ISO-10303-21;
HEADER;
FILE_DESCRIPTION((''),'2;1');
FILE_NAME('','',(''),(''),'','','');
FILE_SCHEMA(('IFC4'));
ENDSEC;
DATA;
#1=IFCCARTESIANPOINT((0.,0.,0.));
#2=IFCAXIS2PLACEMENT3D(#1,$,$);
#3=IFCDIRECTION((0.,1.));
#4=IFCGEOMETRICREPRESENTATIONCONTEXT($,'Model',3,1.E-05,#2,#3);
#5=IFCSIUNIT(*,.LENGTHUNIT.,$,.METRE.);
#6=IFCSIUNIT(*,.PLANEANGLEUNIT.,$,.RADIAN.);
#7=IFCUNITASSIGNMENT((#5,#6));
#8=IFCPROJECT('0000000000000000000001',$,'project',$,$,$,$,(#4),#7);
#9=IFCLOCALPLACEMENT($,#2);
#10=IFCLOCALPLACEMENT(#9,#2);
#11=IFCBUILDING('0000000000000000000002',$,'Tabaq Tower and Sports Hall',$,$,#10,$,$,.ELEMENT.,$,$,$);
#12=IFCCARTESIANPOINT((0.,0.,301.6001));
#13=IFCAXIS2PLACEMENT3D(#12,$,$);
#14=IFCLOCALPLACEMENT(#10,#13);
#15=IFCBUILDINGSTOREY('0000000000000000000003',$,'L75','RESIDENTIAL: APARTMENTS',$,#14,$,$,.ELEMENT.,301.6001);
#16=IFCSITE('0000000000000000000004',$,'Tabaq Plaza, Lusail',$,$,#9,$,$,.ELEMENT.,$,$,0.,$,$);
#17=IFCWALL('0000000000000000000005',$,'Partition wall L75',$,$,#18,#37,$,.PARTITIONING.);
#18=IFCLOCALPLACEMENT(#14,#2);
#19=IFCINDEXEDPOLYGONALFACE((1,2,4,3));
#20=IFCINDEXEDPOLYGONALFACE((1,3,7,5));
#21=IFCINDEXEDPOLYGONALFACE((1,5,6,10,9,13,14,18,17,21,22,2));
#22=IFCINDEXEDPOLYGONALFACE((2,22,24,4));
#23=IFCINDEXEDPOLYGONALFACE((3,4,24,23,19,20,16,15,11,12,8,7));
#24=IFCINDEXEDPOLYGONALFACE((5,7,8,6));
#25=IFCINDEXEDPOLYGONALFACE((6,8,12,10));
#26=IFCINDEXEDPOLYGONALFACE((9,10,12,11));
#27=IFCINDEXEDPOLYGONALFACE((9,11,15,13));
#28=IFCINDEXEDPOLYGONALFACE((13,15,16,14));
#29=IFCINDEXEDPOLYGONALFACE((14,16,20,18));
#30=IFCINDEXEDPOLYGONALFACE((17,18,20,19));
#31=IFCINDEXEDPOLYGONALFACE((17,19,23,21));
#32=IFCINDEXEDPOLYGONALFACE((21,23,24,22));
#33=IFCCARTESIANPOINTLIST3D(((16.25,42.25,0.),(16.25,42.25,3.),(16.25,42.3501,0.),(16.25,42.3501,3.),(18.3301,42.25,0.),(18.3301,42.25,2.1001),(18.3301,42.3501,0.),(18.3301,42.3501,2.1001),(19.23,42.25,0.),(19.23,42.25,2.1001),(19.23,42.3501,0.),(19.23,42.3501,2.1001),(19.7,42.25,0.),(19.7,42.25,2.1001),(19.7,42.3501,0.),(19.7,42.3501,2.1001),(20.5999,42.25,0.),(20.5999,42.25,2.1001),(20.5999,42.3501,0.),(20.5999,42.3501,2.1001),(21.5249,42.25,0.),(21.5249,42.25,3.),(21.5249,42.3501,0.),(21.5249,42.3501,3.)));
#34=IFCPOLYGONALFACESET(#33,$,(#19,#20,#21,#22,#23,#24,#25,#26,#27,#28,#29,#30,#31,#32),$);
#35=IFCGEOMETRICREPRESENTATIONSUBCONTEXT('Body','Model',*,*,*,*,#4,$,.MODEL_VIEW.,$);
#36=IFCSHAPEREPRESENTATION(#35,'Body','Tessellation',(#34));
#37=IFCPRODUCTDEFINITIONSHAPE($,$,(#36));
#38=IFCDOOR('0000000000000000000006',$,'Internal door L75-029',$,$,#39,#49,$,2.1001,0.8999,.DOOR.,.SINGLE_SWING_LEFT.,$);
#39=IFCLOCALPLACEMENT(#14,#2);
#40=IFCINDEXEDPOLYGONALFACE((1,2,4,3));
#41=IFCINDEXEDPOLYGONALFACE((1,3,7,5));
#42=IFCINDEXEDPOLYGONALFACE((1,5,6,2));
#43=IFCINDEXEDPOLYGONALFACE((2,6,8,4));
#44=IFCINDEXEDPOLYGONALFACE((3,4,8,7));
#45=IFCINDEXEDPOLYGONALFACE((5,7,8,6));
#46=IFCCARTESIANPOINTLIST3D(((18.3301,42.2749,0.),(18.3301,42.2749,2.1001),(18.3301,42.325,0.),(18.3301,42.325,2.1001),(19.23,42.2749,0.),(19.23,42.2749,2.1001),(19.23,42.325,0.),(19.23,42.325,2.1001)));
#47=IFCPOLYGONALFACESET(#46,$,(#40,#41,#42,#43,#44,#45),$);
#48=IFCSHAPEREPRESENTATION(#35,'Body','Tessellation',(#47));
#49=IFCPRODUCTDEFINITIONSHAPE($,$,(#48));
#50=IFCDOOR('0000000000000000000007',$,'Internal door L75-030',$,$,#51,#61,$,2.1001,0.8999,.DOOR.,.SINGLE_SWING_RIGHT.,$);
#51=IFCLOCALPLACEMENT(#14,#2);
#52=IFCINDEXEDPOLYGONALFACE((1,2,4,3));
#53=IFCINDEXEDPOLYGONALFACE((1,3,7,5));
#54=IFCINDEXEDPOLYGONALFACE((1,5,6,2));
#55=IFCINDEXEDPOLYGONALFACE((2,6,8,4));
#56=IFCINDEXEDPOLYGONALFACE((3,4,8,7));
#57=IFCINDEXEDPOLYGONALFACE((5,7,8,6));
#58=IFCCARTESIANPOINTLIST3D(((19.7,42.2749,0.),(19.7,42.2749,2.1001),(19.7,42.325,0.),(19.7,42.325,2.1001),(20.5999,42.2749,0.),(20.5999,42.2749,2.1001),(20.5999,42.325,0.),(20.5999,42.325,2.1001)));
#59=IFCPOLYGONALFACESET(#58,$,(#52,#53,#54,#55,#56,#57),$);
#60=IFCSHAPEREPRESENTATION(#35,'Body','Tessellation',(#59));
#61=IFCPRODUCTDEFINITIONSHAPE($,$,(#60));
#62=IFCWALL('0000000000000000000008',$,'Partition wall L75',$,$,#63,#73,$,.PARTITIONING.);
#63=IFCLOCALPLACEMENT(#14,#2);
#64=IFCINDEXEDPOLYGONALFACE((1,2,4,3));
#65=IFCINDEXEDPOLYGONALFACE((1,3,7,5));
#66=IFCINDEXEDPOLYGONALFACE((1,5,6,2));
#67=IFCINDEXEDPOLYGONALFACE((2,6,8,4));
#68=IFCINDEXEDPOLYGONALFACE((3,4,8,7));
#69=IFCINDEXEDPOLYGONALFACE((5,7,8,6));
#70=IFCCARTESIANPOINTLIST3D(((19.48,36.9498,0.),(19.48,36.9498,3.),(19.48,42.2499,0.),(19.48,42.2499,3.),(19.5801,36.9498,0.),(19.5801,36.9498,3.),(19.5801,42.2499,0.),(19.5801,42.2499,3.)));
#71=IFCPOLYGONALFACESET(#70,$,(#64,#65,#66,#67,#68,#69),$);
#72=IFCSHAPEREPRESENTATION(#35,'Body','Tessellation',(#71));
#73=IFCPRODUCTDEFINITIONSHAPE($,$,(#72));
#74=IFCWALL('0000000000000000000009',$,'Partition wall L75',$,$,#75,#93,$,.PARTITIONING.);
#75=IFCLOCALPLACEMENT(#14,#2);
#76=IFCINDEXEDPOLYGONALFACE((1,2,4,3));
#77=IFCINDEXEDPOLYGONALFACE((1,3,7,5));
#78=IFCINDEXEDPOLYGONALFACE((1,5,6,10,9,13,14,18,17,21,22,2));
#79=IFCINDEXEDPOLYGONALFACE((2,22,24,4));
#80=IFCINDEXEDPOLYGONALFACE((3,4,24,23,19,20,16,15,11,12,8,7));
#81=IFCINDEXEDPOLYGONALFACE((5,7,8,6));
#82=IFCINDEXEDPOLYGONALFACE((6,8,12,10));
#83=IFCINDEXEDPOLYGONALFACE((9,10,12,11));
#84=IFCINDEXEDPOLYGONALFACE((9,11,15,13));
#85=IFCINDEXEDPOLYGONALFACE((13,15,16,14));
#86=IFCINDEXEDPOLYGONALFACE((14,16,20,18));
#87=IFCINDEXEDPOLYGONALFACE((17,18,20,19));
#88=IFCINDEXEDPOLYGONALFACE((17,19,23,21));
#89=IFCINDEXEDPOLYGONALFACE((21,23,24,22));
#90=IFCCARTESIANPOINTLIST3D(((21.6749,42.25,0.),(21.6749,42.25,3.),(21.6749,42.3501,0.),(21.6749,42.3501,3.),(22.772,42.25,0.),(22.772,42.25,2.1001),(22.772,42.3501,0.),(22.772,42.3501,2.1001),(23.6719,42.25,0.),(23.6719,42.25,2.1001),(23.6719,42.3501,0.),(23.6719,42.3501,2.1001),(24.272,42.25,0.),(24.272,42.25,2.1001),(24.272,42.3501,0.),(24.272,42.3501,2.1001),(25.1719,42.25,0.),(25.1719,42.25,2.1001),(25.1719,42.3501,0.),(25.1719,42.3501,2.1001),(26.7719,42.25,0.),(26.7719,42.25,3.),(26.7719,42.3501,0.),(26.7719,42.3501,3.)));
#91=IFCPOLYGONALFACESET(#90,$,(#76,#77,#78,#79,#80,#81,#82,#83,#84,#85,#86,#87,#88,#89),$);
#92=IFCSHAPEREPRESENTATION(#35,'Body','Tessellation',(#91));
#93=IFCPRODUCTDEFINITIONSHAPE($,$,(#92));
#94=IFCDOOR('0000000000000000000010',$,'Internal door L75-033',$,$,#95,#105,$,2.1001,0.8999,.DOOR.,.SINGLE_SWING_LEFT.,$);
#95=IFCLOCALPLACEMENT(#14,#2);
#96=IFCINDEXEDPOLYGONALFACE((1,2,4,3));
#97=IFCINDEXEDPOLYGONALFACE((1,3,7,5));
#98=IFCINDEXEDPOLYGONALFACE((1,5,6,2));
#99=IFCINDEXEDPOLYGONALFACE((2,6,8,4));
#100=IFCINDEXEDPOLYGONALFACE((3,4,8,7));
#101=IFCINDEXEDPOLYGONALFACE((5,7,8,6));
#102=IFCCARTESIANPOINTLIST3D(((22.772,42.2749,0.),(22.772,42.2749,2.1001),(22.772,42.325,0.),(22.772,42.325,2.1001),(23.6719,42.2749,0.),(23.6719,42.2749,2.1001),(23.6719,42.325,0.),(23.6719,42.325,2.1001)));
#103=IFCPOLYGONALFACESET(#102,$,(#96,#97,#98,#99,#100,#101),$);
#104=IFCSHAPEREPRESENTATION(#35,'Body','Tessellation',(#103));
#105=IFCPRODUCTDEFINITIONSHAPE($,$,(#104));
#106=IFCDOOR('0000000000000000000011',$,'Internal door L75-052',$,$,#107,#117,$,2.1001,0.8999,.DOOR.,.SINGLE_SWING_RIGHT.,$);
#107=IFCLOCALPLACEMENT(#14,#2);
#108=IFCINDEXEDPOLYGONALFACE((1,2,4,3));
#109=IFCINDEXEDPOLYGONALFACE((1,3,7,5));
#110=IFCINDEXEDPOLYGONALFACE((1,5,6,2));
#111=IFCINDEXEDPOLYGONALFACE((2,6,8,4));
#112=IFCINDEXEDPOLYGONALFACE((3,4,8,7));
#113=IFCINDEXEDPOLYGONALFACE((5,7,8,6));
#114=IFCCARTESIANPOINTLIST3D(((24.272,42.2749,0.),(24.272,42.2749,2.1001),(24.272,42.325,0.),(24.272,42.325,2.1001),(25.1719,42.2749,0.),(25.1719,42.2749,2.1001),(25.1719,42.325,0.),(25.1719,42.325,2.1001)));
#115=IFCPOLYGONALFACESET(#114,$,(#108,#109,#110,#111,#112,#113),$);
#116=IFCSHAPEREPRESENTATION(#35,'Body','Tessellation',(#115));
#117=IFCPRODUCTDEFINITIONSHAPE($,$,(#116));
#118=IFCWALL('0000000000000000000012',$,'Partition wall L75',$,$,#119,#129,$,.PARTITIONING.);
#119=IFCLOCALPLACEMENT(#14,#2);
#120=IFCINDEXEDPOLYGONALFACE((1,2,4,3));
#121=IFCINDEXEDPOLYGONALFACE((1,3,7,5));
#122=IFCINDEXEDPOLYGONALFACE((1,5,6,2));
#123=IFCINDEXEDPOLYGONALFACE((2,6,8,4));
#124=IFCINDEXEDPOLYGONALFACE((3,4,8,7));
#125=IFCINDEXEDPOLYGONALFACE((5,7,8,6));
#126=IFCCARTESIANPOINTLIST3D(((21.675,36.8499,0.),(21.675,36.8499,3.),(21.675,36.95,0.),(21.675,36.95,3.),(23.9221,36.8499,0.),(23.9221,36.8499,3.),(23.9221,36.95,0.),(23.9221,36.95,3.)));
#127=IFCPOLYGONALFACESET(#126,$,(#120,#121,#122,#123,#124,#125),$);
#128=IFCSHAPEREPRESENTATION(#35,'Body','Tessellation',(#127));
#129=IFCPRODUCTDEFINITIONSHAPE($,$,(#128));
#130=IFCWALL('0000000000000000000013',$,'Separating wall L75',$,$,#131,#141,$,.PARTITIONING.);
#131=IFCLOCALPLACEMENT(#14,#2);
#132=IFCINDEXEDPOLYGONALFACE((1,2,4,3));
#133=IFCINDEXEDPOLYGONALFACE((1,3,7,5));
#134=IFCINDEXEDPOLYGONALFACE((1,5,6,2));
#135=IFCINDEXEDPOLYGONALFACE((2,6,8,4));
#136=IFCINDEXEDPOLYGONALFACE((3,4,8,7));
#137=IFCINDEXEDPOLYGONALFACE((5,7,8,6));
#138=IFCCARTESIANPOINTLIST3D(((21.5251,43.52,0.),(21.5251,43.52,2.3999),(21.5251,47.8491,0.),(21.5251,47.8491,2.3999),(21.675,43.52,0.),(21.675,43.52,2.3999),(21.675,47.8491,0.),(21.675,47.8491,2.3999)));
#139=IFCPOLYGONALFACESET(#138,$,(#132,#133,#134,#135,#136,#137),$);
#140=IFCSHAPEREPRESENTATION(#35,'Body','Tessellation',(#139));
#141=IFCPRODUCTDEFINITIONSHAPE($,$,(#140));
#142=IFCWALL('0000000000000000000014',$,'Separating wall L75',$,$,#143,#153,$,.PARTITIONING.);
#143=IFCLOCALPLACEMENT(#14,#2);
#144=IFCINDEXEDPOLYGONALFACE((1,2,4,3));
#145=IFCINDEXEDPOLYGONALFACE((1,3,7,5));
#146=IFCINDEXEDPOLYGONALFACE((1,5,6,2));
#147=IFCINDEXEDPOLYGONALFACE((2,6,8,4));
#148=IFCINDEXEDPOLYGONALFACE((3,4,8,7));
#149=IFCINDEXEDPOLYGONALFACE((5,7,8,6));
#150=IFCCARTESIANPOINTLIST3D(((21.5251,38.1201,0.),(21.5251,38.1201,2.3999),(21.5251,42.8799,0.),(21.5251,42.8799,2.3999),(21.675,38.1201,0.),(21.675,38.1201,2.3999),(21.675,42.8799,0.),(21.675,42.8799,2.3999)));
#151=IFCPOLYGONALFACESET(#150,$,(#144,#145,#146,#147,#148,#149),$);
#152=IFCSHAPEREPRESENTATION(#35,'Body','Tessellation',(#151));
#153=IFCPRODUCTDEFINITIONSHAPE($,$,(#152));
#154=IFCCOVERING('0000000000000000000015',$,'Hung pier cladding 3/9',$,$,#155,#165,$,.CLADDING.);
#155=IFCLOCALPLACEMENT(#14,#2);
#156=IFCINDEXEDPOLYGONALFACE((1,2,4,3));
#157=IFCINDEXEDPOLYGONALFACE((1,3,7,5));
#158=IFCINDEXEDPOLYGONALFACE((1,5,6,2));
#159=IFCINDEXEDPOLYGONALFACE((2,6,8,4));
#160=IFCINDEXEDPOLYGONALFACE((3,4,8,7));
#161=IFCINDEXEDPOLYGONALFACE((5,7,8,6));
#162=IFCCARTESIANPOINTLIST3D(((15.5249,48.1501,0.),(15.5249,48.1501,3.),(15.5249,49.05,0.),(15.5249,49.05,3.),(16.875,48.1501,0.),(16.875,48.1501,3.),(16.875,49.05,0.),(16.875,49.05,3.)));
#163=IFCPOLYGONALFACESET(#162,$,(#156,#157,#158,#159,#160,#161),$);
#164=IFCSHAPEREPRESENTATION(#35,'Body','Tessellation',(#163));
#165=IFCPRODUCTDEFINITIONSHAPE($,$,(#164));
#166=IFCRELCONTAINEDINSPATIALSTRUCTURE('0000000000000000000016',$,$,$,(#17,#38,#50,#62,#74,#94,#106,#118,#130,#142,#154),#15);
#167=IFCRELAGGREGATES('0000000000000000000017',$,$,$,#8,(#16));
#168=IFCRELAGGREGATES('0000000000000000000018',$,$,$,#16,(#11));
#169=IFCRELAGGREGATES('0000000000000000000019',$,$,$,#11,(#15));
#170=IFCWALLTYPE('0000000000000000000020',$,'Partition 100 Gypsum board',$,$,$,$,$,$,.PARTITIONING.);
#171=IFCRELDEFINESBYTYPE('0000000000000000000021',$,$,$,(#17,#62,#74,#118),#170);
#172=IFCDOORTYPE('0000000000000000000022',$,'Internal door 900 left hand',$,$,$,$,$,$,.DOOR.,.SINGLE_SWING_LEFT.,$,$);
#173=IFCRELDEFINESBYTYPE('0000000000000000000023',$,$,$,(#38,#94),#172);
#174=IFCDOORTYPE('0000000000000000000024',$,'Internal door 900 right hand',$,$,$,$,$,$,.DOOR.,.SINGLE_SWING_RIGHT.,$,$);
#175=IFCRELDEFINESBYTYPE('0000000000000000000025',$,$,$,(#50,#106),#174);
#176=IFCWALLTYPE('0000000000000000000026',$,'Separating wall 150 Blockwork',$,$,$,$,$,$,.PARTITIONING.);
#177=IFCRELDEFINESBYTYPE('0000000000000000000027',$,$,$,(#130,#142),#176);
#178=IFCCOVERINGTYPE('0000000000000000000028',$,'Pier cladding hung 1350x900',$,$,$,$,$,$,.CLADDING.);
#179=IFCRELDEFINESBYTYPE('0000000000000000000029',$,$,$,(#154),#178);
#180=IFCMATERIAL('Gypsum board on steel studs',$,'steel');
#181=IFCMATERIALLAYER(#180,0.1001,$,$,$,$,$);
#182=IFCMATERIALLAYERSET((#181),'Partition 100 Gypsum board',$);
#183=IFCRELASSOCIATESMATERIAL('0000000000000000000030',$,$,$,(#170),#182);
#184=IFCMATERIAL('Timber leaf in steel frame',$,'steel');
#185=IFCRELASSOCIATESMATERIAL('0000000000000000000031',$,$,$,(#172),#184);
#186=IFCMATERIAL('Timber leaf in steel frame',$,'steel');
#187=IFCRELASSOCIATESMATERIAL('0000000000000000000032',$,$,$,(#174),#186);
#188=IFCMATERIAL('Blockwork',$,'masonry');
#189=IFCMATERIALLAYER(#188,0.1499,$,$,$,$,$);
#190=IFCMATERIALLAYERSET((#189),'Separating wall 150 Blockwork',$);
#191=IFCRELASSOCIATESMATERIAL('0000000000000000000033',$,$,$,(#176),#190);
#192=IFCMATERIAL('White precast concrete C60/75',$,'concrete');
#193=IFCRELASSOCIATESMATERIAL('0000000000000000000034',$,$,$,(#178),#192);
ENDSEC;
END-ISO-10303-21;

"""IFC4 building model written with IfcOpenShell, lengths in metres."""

from ifc_helpers import new_model, si_unit, direction, frame, frame_2d, origin, place, context, subcontext, project, spatial, rectangle, extrude, material, layer, layer_set, type_object, element, fill, save


model = new_model("IFC4")

# Units and contexts
model_context = context("Model", 3, precision=1e-05, world=origin(), true_north=direction((0.0, 1.0)))
body_context = subcontext(model_context, "Body", "Model", "MODEL_VIEW")
ifc_project = project(units=[si_unit("LENGTHUNIT", "METRE"), si_unit("PLANEANGLEUNIT", "RADIAN")], contexts=[model_context])

# Site, building, storey
site_placement = place(None, origin())
site = spatial("IfcSite", under=ifc_project, at=site_placement, Name="Tabaq Plaza, Lusail", CompositionType="ELEMENT", RefElevation=0.0)
building_placement = place(site_placement, origin())
building = spatial("IfcBuilding", under=site, at=building_placement, Name="Tabaq Tower and Sports Hall", CompositionType="ELEMENT")
storey_placement = place(building_placement, frame((0.0, 0.0, 301.6001)))
storey = spatial("IfcBuildingStorey", under=building, at=storey_placement, Name="L75", Description="RESIDENTIAL: APARTMENTS", CompositionType="ELEMENT", Elevation=301.6001)

# Shared definitions
ifc_material_1 = material(Name="Gypsum board on steel studs", Category="steel")
ifc_layer_1 = layer(ifc_material_1, 0.1001)
ifc_layer_set_1 = layer_set([ifc_layer_1], Name="Partition 100 Gypsum board")
wall_type_1 = type_object("IfcWallType", Name="Partition 100 Gypsum board", PredefinedType="PARTITIONING", material=ifc_layer_set_1)

# Shared definitions
ifc_material_2 = material(Name="Timber leaf in steel frame", Category="steel")
door_type_1 = type_object("IfcDoorType", Name="Internal door 900 left hand", OperationType="SINGLE_SWING_LEFT", PredefinedType="DOOR", material=ifc_material_2)

# Wall, openings, doors
wall_1_placement = place(storey_placement, frame((16.25, 42.3, 0.0), z_axis=(0.0, 0.0, 1.0), x_axis=(1.0, 0.0, 0.0)))
wall_1 = element("IfcWall", 1, at=wall_1_placement, inside=storey, type_object=wall_type_1, Name="Partition wall L75", PredefinedType="PARTITIONING", context=body_context, shape_type="SweptSolid", body=[
    extrude(rectangle(XDim=5.2749, YDim=0.1001, at=frame_2d((2.6375, 0.0))), origin(), (0.0, 0.0, 1.0), 3.0),
])
opening_1_placement = place(wall_1_placement, frame((2.0801, 0.0, 0.0)))
opening_1 = element("IfcOpeningElement", 2, at=opening_1_placement, cuts=wall_1, PredefinedType="OPENING", context=body_context, shape_type="SweptSolid", body=[
    extrude(rectangle(XDim=0.8999, YDim=2.1001, at=frame_2d((0.45, 1.05))), frame((0.0, 0.05, 0.0), z_axis=(0.0, -1.0, 0.0), x_axis=(1.0, 0.0, 0.0)), (0.0, 0.0, 1.0), 0.1001),
])
opening_2_placement = place(wall_1_placement, frame((3.45, 0.0, 0.0)))
opening_2 = element("IfcOpeningElement", 3, at=opening_2_placement, cuts=wall_1, PredefinedType="OPENING", context=body_context, shape_type="SweptSolid", body=[
    extrude(rectangle(XDim=0.8999, YDim=2.1001, at=frame_2d((0.45, 1.05))), frame((0.0, 0.05, 0.0), z_axis=(0.0, -1.0, 0.0), x_axis=(1.0, 0.0, 0.0)), (0.0, 0.0, 1.0), 0.1001),
])
door_1_placement = place(opening_1_placement, origin())
door_1 = element("IfcDoor", 4, at=door_1_placement, inside=storey, type_object=door_type_1, Name="Internal door L75-029", OperationType="SINGLE_SWING_LEFT", OverallHeight=2.1001, OverallWidth=0.8999, PredefinedType="DOOR", context=body_context, shape_type="SweptSolid", body=[
    extrude(rectangle(XDim=0.8999, YDim=2.1001, at=frame_2d((0.45, 1.05))), frame((0.0, 0.0249, 0.0), z_axis=(0.0, -1.0, 0.0), x_axis=(1.0, 0.0, 0.0)), (0.0, 0.0, 1.0), 0.05),
])
fill(opening_1, door_1)
ifc_material_3 = material(Name="Timber leaf in steel frame", Category="steel")
door_type_2 = type_object("IfcDoorType", Name="Internal door 900 right hand", OperationType="SINGLE_SWING_RIGHT", PredefinedType="DOOR", material=ifc_material_3)
door_2_placement = place(opening_2_placement, origin())
door_2 = element("IfcDoor", 5, at=door_2_placement, inside=storey, type_object=door_type_2, Name="Internal door L75-030", OperationType="SINGLE_SWING_RIGHT", OverallHeight=2.1001, OverallWidth=0.8999, PredefinedType="DOOR", context=body_context, shape_type="SweptSolid", body=[
    extrude(rectangle(XDim=0.8999, YDim=2.1001, at=frame_2d((0.45, 1.05))), frame((0.0, 0.0249, 0.0), z_axis=(0.0, -1.0, 0.0), x_axis=(1.0, 0.0, 0.0)), (0.0, 0.0, 1.0), 0.05),
])
fill(opening_2, door_2)

# Wall
wall_2_placement = place(storey_placement, frame((19.53, 36.95, 0.0), z_axis=(0.0, 0.0, 1.0), x_axis=(0.0, 1.0, 0.0)))
element("IfcWall", 6, at=wall_2_placement, inside=storey, type_object=wall_type_1, Name="Partition wall L75", PredefinedType="PARTITIONING", context=body_context, shape_type="SweptSolid", body=[
    extrude(rectangle(XDim=5.3, YDim=0.1001, at=frame_2d((2.6499, 0.0))), origin(), (0.0, 0.0, 1.0), 3.0),
])

# Wall, openings, doors
wall_3_placement = place(storey_placement, frame((21.675, 42.3, 0.0), z_axis=(0.0, 0.0, 1.0), x_axis=(1.0, 0.0, 0.0)))
wall_3 = element("IfcWall", 7, at=wall_3_placement, inside=storey, type_object=wall_type_1, Name="Partition wall L75", PredefinedType="PARTITIONING", context=body_context, shape_type="SweptSolid", body=[
    extrude(rectangle(XDim=5.0969, YDim=0.1001, at=frame_2d((2.5483, 0.0))), origin(), (0.0, 0.0, 1.0), 3.0),
])
opening_3_placement = place(wall_3_placement, frame((1.0969, 0.0, 0.0)))
opening_3 = element("IfcOpeningElement", 8, at=opening_3_placement, cuts=wall_3, PredefinedType="OPENING", context=body_context, shape_type="SweptSolid", body=[
    extrude(rectangle(XDim=0.8999, YDim=2.1001, at=frame_2d((0.45, 1.05))), frame((0.0, 0.05, 0.0), z_axis=(0.0, -1.0, 0.0), x_axis=(1.0, 0.0, 0.0)), (0.0, 0.0, 1.0), 0.1001),
])
opening_4_placement = place(wall_3_placement, frame((2.5969, 0.0, 0.0)))
opening_4 = element("IfcOpeningElement", 9, at=opening_4_placement, cuts=wall_3, PredefinedType="OPENING", context=body_context, shape_type="SweptSolid", body=[
    extrude(rectangle(XDim=0.8999, YDim=2.1001, at=frame_2d((0.45, 1.05))), frame((0.0, 0.05, 0.0), z_axis=(0.0, -1.0, 0.0), x_axis=(1.0, 0.0, 0.0)), (0.0, 0.0, 1.0), 0.1001),
])
door_3_placement = place(opening_3_placement, origin())
door_3 = element("IfcDoor", 10, at=door_3_placement, inside=storey, type_object=door_type_1, Name="Internal door L75-033", OperationType="SINGLE_SWING_LEFT", OverallHeight=2.1001, OverallWidth=0.8999, PredefinedType="DOOR", context=body_context, shape_type="SweptSolid", body=[
    extrude(rectangle(XDim=0.8999, YDim=2.1001, at=frame_2d((0.45, 1.05))), frame((0.0, 0.0249, 0.0), z_axis=(0.0, -1.0, 0.0), x_axis=(1.0, 0.0, 0.0)), (0.0, 0.0, 1.0), 0.05),
])
fill(opening_3, door_3)
door_4_placement = place(opening_4_placement, origin())
door_4 = element("IfcDoor", 11, at=door_4_placement, inside=storey, type_object=door_type_2, Name="Internal door L75-052", OperationType="SINGLE_SWING_RIGHT", OverallHeight=2.1001, OverallWidth=0.8999, PredefinedType="DOOR", context=body_context, shape_type="SweptSolid", body=[
    extrude(rectangle(XDim=0.8999, YDim=2.1001, at=frame_2d((0.45, 1.05))), frame((0.0, 0.0249, 0.0), z_axis=(0.0, -1.0, 0.0), x_axis=(1.0, 0.0, 0.0)), (0.0, 0.0, 1.0), 0.05),
])
fill(opening_4, door_4)

# Walls
wall_4_placement = place(storey_placement, frame((21.675, 36.8999, 0.0), z_axis=(0.0, 0.0, 1.0), x_axis=(1.0, 0.0, 0.0)))
element("IfcWall", 12, at=wall_4_placement, inside=storey, type_object=wall_type_1, Name="Partition wall L75", PredefinedType="PARTITIONING", context=body_context, shape_type="SweptSolid", body=[
    extrude(rectangle(XDim=2.2471, YDim=0.1001, at=frame_2d((1.1235, 0.0))), origin(), (0.0, 0.0, 1.0), 3.0),
])
ifc_material_4 = material(Name="Blockwork", Category="masonry")
ifc_layer_2 = layer(ifc_material_4, 0.1499)
ifc_layer_set_2 = layer_set([ifc_layer_2], Name="Separating wall 150 Blockwork")
wall_type_2 = type_object("IfcWallType", Name="Separating wall 150 Blockwork", PredefinedType="PARTITIONING", material=ifc_layer_set_2)
wall_5_placement = place(storey_placement, frame((21.6001, 43.52, 0.0), z_axis=(0.0, 0.0, 1.0), x_axis=(0.0, 1.0, 0.0)))
element("IfcWall", 13, at=wall_5_placement, inside=storey, type_object=wall_type_2, Name="Separating wall L75", PredefinedType="PARTITIONING", context=body_context, shape_type="SweptSolid", body=[
    extrude(rectangle(XDim=4.3291, YDim=0.1499, at=frame_2d((2.1646, 0.0))), origin(), (0.0, 0.0, 1.0), 2.3999),
])
wall_6_placement = place(storey_placement, frame((21.6001, 38.1201, 0.0), z_axis=(0.0, 0.0, 1.0), x_axis=(0.0, 1.0, 0.0)))
element("IfcWall", 14, at=wall_6_placement, inside=storey, type_object=wall_type_2, Name="Separating wall L75", PredefinedType="PARTITIONING", context=body_context, shape_type="SweptSolid", body=[
    extrude(rectangle(XDim=4.7598, YDim=0.1499, at=frame_2d((2.3799, 0.0))), origin(), (0.0, 0.0, 1.0), 2.3999),
])

# Covering
ifc_material_5 = material(Name="White precast concrete C60/75", Category="concrete")
covering_type_1 = type_object("IfcCoveringType", Name="Pier cladding hung 1350x900", PredefinedType="CLADDING", material=ifc_material_5)
covering_1_placement = place(storey_placement, frame((16.875, 48.6001, 0.0), z_axis=(0.0, 0.0, 1.0), x_axis=(-1.0, 0.0, 0.0)))
element("IfcCovering", 15, at=covering_1_placement, inside=storey, type_object=covering_type_1, Name="Hung pier cladding 3/9", PredefinedType="CLADDING", context=body_context, shape_type="SweptSolid", body=[
    extrude(rectangle(XDim=1.3501, YDim=0.8999, at=frame_2d((0.675, 0.0))), origin(), (0.0, 0.0, 1.0), 3.0),
])

save(model, "model.ifc")
